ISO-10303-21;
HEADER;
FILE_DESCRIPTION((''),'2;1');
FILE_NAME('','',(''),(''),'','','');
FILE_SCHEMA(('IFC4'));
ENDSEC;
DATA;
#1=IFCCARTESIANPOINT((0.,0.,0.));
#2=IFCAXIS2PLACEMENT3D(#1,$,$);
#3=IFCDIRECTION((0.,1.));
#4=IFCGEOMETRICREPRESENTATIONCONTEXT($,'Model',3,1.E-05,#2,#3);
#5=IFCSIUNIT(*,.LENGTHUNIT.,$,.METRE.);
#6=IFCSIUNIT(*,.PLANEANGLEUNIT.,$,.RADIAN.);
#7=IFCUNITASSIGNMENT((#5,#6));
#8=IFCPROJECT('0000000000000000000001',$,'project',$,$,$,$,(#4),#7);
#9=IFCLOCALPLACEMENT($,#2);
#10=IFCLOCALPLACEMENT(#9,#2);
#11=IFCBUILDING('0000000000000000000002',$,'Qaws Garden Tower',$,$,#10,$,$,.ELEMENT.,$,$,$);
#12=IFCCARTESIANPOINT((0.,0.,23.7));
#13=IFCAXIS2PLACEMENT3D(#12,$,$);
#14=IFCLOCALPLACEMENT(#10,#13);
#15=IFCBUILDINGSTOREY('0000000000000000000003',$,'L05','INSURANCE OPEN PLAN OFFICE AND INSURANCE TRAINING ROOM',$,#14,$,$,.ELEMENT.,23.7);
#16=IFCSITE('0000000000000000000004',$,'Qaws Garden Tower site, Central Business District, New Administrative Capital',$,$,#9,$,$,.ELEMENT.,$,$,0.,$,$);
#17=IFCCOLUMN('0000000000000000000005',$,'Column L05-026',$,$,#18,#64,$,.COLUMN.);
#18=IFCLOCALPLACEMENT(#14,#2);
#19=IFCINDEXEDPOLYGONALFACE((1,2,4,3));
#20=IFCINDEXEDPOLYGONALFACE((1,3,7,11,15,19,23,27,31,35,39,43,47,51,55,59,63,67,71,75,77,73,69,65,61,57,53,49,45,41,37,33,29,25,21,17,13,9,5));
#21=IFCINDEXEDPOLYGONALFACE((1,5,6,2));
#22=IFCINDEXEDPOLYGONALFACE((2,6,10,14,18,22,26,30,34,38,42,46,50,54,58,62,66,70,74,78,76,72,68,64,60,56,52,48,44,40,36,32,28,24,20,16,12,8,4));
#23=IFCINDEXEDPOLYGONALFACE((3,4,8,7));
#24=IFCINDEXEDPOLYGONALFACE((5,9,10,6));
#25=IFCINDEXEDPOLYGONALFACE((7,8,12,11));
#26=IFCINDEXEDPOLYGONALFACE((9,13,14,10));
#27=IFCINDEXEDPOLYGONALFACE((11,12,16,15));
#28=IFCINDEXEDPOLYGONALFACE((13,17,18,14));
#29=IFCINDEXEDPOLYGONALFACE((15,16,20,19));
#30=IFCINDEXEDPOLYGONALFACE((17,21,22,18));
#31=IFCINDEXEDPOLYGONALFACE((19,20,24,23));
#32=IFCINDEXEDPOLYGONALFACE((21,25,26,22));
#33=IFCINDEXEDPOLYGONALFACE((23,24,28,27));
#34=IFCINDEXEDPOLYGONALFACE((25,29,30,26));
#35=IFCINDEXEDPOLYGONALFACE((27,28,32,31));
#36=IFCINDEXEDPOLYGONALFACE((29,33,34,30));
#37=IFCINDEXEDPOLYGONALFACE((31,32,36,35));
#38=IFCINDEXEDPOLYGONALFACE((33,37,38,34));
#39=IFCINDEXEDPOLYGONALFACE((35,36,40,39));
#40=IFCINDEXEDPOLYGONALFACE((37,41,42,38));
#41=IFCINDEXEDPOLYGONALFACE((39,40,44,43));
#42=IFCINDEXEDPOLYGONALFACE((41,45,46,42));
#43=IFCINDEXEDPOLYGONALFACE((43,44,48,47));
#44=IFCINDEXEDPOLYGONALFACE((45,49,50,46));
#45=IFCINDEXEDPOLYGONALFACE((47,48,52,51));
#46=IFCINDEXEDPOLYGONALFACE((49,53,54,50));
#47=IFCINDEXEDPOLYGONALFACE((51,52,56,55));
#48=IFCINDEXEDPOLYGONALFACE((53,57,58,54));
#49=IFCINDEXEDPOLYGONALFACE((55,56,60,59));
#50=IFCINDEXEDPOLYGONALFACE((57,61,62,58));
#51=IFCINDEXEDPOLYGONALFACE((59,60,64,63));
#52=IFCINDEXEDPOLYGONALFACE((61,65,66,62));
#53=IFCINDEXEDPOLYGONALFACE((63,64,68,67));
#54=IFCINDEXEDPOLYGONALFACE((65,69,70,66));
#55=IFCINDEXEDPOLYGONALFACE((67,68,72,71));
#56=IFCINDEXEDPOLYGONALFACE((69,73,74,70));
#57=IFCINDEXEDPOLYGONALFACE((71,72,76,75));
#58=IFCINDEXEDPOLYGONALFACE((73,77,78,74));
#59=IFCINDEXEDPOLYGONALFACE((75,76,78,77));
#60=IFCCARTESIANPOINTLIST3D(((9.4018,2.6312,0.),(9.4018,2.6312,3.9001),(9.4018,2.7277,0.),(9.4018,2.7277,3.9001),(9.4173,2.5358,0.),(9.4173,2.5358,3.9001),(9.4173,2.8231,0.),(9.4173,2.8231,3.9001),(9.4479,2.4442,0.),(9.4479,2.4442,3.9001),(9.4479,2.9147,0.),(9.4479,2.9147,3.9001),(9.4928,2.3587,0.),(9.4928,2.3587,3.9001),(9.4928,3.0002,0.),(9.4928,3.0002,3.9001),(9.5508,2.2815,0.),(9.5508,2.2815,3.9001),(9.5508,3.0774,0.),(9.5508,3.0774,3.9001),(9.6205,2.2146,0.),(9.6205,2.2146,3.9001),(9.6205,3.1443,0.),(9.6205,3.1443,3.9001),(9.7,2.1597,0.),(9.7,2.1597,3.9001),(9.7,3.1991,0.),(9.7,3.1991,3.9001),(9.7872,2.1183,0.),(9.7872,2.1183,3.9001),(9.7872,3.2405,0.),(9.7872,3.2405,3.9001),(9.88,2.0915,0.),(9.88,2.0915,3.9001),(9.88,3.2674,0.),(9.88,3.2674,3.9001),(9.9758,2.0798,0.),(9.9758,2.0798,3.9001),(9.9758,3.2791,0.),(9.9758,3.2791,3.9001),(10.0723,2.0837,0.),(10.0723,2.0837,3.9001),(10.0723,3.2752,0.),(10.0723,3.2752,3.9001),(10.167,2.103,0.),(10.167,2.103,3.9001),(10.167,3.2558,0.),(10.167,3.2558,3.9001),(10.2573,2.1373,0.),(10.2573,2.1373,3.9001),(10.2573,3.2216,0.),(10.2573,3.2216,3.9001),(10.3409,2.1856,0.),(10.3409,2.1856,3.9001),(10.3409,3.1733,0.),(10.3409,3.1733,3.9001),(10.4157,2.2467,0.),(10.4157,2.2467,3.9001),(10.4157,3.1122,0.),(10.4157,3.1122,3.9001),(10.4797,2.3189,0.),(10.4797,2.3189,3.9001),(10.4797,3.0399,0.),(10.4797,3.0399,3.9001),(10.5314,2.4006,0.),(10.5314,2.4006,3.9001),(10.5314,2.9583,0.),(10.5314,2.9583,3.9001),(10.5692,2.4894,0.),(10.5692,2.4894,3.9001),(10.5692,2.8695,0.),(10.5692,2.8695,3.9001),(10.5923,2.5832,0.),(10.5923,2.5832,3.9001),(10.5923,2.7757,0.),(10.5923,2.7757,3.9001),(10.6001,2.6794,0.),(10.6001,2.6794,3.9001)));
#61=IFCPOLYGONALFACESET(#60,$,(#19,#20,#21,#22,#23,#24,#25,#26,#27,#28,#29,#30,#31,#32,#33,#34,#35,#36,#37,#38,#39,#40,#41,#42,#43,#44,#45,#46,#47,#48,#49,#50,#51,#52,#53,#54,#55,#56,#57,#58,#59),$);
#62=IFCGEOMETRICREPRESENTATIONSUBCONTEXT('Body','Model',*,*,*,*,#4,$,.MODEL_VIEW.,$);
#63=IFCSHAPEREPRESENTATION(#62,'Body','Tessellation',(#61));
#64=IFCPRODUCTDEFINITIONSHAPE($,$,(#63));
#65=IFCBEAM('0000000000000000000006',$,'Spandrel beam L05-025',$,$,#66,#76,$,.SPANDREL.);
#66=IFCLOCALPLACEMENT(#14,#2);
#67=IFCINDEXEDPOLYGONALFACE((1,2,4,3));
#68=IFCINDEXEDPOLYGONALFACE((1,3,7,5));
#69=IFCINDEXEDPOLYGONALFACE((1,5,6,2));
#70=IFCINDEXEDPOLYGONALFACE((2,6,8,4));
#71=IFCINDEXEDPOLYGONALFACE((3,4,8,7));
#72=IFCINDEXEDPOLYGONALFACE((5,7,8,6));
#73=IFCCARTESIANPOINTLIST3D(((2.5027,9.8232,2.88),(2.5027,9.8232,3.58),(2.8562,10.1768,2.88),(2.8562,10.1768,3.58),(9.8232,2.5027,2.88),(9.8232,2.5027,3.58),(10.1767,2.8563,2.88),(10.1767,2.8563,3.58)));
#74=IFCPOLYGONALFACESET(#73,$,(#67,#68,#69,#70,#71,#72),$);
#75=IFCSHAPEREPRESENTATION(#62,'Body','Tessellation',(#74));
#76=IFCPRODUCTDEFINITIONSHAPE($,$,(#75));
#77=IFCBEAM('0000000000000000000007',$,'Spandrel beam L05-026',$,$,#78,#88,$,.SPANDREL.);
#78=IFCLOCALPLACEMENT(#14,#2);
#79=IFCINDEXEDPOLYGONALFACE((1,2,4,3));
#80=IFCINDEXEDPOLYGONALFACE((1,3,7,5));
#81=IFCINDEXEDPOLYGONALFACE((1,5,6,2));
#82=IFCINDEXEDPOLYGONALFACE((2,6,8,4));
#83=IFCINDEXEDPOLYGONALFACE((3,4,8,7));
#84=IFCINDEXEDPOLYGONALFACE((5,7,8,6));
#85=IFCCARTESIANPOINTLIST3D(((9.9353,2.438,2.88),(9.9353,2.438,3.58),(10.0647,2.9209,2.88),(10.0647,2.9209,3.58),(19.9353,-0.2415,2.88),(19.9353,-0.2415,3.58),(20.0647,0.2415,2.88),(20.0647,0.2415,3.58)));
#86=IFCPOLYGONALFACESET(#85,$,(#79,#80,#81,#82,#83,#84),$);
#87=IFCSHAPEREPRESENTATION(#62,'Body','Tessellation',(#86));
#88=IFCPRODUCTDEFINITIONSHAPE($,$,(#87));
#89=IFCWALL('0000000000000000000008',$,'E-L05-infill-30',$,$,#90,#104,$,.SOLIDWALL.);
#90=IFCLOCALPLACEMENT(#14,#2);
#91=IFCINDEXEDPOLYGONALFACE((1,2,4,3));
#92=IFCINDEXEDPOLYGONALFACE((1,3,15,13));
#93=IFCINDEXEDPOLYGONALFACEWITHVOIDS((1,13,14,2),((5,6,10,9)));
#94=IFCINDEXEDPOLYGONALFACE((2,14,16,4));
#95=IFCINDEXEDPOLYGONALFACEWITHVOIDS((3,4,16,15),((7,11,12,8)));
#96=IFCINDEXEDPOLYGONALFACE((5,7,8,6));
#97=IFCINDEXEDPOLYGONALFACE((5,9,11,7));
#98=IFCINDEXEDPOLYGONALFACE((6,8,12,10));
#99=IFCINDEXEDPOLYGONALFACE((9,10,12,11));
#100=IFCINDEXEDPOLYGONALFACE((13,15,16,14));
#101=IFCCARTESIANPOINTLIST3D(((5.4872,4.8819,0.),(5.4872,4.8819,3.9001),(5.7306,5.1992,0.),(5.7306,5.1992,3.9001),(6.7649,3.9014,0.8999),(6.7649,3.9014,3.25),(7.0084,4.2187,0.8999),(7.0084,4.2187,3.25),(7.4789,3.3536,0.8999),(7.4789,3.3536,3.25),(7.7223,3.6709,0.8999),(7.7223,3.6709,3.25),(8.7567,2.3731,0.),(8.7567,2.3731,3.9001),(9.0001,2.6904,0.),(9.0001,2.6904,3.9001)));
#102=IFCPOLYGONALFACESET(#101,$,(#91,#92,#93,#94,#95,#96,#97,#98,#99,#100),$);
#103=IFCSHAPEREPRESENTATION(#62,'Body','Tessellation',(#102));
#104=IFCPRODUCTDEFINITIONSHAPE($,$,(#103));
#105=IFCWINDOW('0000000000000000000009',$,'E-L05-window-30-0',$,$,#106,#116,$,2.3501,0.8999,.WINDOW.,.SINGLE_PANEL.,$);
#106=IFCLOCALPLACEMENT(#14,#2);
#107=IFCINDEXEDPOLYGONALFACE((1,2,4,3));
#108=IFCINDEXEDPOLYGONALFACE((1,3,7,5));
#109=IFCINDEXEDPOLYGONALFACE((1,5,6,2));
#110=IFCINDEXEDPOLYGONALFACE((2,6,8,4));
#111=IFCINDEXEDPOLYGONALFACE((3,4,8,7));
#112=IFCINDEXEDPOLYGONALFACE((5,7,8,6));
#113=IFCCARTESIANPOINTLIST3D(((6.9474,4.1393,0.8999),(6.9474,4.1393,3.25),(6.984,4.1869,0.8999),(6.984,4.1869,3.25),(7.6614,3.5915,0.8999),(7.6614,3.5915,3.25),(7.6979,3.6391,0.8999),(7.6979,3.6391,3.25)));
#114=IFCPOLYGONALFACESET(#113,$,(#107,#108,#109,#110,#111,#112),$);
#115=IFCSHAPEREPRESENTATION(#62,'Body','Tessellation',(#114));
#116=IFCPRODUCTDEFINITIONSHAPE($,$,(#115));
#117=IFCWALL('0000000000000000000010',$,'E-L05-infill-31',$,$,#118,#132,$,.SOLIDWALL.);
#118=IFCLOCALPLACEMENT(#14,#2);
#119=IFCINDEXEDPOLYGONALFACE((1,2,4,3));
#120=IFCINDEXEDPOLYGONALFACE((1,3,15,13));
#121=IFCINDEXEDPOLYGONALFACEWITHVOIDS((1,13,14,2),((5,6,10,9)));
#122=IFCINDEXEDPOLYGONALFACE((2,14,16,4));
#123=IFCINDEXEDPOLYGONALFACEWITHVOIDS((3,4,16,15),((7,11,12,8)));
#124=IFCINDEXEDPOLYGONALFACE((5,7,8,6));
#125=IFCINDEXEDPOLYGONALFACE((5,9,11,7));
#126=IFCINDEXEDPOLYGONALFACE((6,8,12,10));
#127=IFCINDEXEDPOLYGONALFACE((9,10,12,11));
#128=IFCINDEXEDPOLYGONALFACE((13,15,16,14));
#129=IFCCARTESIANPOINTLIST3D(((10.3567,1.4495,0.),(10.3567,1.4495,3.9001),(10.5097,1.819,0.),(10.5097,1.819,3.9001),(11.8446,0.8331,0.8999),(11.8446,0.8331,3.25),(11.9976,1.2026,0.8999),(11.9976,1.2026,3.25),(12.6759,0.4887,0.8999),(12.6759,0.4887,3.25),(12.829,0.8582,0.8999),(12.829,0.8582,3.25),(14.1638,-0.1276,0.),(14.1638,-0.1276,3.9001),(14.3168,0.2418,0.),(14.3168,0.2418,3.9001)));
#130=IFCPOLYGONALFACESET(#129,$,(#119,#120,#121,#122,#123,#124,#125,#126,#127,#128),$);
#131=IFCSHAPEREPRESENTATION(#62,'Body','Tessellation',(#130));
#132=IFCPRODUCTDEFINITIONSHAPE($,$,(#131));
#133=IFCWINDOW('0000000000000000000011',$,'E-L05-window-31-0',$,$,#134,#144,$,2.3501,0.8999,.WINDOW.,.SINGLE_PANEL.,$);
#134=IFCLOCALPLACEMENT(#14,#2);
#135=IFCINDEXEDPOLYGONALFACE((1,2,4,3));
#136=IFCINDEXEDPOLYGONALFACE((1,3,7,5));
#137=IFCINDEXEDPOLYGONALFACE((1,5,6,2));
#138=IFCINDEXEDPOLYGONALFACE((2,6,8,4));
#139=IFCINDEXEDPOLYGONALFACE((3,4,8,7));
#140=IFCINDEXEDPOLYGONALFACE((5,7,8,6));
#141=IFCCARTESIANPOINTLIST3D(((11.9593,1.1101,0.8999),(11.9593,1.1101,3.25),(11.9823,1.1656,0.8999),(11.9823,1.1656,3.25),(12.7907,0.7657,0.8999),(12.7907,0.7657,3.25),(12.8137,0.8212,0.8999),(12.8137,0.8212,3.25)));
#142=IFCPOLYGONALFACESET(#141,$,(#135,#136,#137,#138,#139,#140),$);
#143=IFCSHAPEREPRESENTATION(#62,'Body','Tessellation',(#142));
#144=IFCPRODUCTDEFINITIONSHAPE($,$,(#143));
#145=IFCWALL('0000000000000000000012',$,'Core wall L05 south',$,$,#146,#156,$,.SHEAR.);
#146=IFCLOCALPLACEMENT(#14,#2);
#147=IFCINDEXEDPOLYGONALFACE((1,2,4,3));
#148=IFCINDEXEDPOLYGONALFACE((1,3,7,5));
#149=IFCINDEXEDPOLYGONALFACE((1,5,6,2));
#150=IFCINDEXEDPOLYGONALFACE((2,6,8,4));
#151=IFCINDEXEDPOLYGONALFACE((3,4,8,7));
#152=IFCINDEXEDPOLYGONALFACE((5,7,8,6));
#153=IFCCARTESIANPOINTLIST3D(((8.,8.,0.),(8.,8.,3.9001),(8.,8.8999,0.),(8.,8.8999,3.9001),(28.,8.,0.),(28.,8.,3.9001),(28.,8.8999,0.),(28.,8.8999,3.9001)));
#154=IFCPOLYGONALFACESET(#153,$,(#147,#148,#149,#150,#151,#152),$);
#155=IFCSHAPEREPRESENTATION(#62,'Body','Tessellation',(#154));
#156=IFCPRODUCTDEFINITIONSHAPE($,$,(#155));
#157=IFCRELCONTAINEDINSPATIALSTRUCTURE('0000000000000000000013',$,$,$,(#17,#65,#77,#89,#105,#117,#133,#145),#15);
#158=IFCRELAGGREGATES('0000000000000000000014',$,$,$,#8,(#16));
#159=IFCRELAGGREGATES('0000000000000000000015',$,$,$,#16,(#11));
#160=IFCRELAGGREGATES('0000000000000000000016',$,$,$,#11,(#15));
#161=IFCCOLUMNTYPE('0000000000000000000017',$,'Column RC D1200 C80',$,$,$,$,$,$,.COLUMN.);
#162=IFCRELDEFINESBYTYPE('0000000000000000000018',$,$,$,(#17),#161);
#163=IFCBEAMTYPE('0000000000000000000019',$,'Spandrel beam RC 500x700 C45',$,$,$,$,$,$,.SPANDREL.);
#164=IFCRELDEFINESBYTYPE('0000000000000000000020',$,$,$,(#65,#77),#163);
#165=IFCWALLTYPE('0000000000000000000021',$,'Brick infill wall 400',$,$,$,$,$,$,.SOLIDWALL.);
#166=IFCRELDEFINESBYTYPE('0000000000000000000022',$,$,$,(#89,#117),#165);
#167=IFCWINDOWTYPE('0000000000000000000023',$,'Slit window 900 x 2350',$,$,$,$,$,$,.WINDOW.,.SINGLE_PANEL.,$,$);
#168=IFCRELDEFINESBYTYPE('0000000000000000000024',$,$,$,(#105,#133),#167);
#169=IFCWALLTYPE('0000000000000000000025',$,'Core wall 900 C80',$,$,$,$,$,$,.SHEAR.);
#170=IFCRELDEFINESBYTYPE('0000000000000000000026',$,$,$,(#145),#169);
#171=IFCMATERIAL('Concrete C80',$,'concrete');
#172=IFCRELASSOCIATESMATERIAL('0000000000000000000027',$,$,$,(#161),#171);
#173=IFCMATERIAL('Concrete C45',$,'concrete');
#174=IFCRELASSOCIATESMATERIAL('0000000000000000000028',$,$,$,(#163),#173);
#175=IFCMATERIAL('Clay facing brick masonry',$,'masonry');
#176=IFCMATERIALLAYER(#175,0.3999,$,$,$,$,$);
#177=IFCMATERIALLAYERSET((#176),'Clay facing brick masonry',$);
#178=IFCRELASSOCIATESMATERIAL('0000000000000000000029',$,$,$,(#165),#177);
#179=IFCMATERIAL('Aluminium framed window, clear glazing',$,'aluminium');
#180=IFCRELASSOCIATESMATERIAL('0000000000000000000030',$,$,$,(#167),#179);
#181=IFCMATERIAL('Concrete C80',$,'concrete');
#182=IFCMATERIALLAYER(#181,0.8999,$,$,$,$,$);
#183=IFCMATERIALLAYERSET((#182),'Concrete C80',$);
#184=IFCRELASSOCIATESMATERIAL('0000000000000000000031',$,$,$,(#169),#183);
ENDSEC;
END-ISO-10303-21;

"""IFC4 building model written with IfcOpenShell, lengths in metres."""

from ifc_helpers import new_model, si_unit, direction, frame, frame_2d, origin, origin_2d, place, context, subcontext, project, spatial, rectangle, circle, extrude, material, layer, layer_set, material_profile, profile_set, type_object, element, fill, save


model = new_model("IFC4")

# Units and contexts
model_context = context("Model", 3, precision=1e-05, world=origin(), true_north=direction((0.0, 1.0)))
body_context = subcontext(model_context, "Body", "Model", "MODEL_VIEW")
ifc_project = project(units=[si_unit("LENGTHUNIT", "METRE"), si_unit("PLANEANGLEUNIT", "RADIAN")], contexts=[model_context])

# Site, building, storey
site_placement = place(None, origin())
site = spatial("IfcSite", under=ifc_project, at=site_placement, Name="Qaws Garden Tower site, Central Business District, New Administrative Capital", CompositionType="ELEMENT", RefElevation=0.0)
building_placement = place(site_placement, origin())
building = spatial("IfcBuilding", under=site, at=building_placement, Name="Qaws Garden Tower", CompositionType="ELEMENT")
storey_placement = place(building_placement, frame((0.0, 0.0, 23.7)))
storey = spatial("IfcBuildingStorey", under=building, at=storey_placement, Name="L05", Description="INSURANCE OPEN PLAN OFFICE AND INSURANCE TRAINING ROOM", CompositionType="ELEMENT", Elevation=23.7)

# Column
ifc_material_1 = material(Name="Concrete C80", Category="concrete")
ifc_material_profile_1 = material_profile(ifc_material_1, circle(Radius=0.6001, at=origin_2d()), Name="RC D1200")
ifc_profile_set_1 = profile_set([ifc_material_profile_1], Name="Concrete C80")
column_type = type_object("IfcColumnType", Name="Column RC D1200 C80", PredefinedType="COLUMN", material=ifc_profile_set_1)
column_placement = place(storey_placement, frame((10.0, 2.6794, 0.0), z_axis=(0.0, 0.0, 1.0), x_axis=(1.0, 0.0, 0.0)))
element("IfcColumn", 1, at=column_placement, inside=storey, type_object=column_type, Name="Column L05-026", PredefinedType="COLUMN", context=body_context, shape_type="SweptSolid", body=[
    extrude(circle(Radius=0.6001, at=origin_2d()), origin(), (0.0, 0.0, 1.0), 3.9001),
])

# Beams
ifc_material_2 = material(Name="Concrete C45", Category="concrete")
ifc_material_profile_2 = material_profile(ifc_material_2, rectangle(XDim=0.5, YDim=0.7, at=origin_2d()), Name="RC 500x700")
ifc_profile_set_2 = profile_set([ifc_material_profile_2], Name="Concrete C45")
beam_type = type_object("IfcBeamType", Name="Spandrel beam RC 500x700 C45", PredefinedType="SPANDREL", material=ifc_profile_set_2)
for number, where, z_axis, x_axis, name in (
    (2, (2.6794, 10.0, 3.23), (0.707107, -0.707107, 0.0), (0.707107, 0.707107, 0.0), "Spandrel beam L05-025"),
    (3, (10.0, 2.6794, 3.23), (0.965927, -0.258815, 0.0), (0.258815, 0.965927, 0.0), "Spandrel beam L05-026"),
):
    element("IfcBeam", number, at=place(storey_placement, frame(where, z_axis=z_axis, x_axis=x_axis)), inside=storey, type_object=beam_type, Name=name, PredefinedType="SPANDREL", context=body_context, shape_type="SweptSolid", body=[
        extrude(rectangle(XDim=0.5, YDim=0.7, at=origin_2d()), origin(), (0.0, 0.0, 1.0), 10.3528),
    ])

# Walls, openings, windows
ifc_material_3 = material(Name="Clay facing brick masonry", Category="masonry")
ifc_layer_1 = layer(ifc_material_3, 0.3999)
ifc_layer_set_1 = layer_set([ifc_layer_1], Name="Clay facing brick masonry")
wall_type_1 = type_object("IfcWallType", Name="Brick infill wall 400", PredefinedType="SOLIDWALL", material=ifc_layer_set_1)
wall_1_placement = place(storey_placement, frame((5.6089, 5.0405, 0.0), z_axis=(0.0, 0.0, 1.0), x_axis=(0.793355, -0.60876, 0.0)))
wall_1 = element("IfcWall", 4, at=wall_1_placement, inside=storey, type_object=wall_type_1, Name="E-L05-infill-30", PredefinedType="SOLIDWALL", context=body_context, shape_type="SweptSolid", body=[
    extrude(rectangle(XDim=4.1211, YDim=0.3999, at=frame_2d((2.0605, 0.0))), origin(), (0.0, 0.0, 1.0), 3.9001),
])
opening_1_placement = place(wall_1_placement, frame((1.6106, 0.0, 0.8999)))
opening_1 = element("IfcOpeningElement", 5, at=opening_1_placement, cuts=wall_1, PredefinedType="OPENING", context=body_context, shape_type="SweptSolid", body=[
    extrude(rectangle(XDim=0.8999, YDim=2.3501, at=frame_2d((0.45, 1.175))), frame((0.0, 0.21, 0.0), z_axis=(0.0, -1.0, 0.0), x_axis=(1.0, 0.0, 0.0)), (0.0, 0.0, 1.0), 0.4199),
])
ifc_material_4 = material(Name="Aluminium framed window, clear glazing", Category="aluminium")
window_type = type_object("IfcWindowType", Name="Slit window 900 x 2350", PartitioningType="SINGLE_PANEL", PredefinedType="WINDOW", material=ifc_material_4)
window_1_placement = place(opening_1_placement, origin())
window_1 = element("IfcWindow", 6, at=window_1_placement, inside=storey, type_object=window_type, Name="E-L05-window-30-0", OverallHeight=2.3501, OverallWidth=0.8999, PartitioningType="SINGLE_PANEL", PredefinedType="WINDOW", context=body_context, shape_type="SweptSolid", body=[
    extrude(rectangle(XDim=0.8999, YDim=2.3501, at=frame_2d((0.45, 1.175))), frame((0.0, 0.1599, 0.0), z_axis=(0.0, -1.0, 0.0), x_axis=(1.0, 0.0, 0.0)), (0.0, 0.0, 1.0), 0.0601),
])
fill(opening_1, window_1)
wall_2_placement = place(storey_placement, frame((10.4331, 1.6343, 0.0), z_axis=(0.0, 0.0, 1.0), x_axis=(0.923864, -0.382722, 0.0)))
wall_2 = element("IfcWall", 7, at=wall_2_placement, inside=storey, type_object=wall_type_1, Name="E-L05-infill-31", PredefinedType="SOLIDWALL", context=body_context, shape_type="SweptSolid", body=[
    extrude(rectangle(XDim=4.1208, YDim=0.3999, at=frame_2d((2.0605, 0.0))), origin(), (0.0, 0.0, 1.0), 3.9001),
])
opening_2_placement = place(wall_2_placement, frame((1.6106, 0.0, 0.8999)))
opening_2 = element("IfcOpeningElement", 8, at=opening_2_placement, cuts=wall_2, PredefinedType="OPENING", context=body_context, shape_type="SweptSolid", body=[
    extrude(rectangle(XDim=0.8999, YDim=2.3501, at=frame_2d((0.45, 1.175))), frame((0.0, 0.21, 0.0), z_axis=(0.0, -1.0, 0.0), x_axis=(1.0, 0.0, 0.0)), (0.0, 0.0, 1.0), 0.4199),
])
window_2_placement = place(opening_2_placement, origin())
window_2 = element("IfcWindow", 9, at=window_2_placement, inside=storey, type_object=window_type, Name="E-L05-window-31-0", OverallHeight=2.3501, OverallWidth=0.8999, PartitioningType="SINGLE_PANEL", PredefinedType="WINDOW", context=body_context, shape_type="SweptSolid", body=[
    extrude(rectangle(XDim=0.8999, YDim=2.3501, at=frame_2d((0.45, 1.175))), frame((0.0, 0.1599, 0.0), z_axis=(0.0, -1.0, 0.0), x_axis=(1.0, 0.0, 0.0)), (0.0, 0.0, 1.0), 0.0601),
])
fill(opening_2, window_2)

# Wall
ifc_material_5 = material(Name="Concrete C80", Category="concrete")
ifc_layer_2 = layer(ifc_material_5, 0.8999)
ifc_layer_set_2 = layer_set([ifc_layer_2], Name="Concrete C80")
wall_type_2 = type_object("IfcWallType", Name="Core wall 900 C80", PredefinedType="SHEAR", material=ifc_layer_set_2)
wall_3_placement = place(storey_placement, frame((8.0, 8.45, 0.0), z_axis=(0.0, 0.0, 1.0), x_axis=(1.0, 0.0, 0.0)))
element("IfcWall", 10, at=wall_3_placement, inside=storey, type_object=wall_type_2, Name="Core wall L05 south", PredefinedType="SHEAR", context=body_context, shape_type="SweptSolid", body=[
    extrude(rectangle(XDim=20.0, YDim=0.8999, at=frame_2d((10.0, 0.0))), origin(), (0.0, 0.0, 1.0), 3.9001),
])

save(model, "model.ifc")
